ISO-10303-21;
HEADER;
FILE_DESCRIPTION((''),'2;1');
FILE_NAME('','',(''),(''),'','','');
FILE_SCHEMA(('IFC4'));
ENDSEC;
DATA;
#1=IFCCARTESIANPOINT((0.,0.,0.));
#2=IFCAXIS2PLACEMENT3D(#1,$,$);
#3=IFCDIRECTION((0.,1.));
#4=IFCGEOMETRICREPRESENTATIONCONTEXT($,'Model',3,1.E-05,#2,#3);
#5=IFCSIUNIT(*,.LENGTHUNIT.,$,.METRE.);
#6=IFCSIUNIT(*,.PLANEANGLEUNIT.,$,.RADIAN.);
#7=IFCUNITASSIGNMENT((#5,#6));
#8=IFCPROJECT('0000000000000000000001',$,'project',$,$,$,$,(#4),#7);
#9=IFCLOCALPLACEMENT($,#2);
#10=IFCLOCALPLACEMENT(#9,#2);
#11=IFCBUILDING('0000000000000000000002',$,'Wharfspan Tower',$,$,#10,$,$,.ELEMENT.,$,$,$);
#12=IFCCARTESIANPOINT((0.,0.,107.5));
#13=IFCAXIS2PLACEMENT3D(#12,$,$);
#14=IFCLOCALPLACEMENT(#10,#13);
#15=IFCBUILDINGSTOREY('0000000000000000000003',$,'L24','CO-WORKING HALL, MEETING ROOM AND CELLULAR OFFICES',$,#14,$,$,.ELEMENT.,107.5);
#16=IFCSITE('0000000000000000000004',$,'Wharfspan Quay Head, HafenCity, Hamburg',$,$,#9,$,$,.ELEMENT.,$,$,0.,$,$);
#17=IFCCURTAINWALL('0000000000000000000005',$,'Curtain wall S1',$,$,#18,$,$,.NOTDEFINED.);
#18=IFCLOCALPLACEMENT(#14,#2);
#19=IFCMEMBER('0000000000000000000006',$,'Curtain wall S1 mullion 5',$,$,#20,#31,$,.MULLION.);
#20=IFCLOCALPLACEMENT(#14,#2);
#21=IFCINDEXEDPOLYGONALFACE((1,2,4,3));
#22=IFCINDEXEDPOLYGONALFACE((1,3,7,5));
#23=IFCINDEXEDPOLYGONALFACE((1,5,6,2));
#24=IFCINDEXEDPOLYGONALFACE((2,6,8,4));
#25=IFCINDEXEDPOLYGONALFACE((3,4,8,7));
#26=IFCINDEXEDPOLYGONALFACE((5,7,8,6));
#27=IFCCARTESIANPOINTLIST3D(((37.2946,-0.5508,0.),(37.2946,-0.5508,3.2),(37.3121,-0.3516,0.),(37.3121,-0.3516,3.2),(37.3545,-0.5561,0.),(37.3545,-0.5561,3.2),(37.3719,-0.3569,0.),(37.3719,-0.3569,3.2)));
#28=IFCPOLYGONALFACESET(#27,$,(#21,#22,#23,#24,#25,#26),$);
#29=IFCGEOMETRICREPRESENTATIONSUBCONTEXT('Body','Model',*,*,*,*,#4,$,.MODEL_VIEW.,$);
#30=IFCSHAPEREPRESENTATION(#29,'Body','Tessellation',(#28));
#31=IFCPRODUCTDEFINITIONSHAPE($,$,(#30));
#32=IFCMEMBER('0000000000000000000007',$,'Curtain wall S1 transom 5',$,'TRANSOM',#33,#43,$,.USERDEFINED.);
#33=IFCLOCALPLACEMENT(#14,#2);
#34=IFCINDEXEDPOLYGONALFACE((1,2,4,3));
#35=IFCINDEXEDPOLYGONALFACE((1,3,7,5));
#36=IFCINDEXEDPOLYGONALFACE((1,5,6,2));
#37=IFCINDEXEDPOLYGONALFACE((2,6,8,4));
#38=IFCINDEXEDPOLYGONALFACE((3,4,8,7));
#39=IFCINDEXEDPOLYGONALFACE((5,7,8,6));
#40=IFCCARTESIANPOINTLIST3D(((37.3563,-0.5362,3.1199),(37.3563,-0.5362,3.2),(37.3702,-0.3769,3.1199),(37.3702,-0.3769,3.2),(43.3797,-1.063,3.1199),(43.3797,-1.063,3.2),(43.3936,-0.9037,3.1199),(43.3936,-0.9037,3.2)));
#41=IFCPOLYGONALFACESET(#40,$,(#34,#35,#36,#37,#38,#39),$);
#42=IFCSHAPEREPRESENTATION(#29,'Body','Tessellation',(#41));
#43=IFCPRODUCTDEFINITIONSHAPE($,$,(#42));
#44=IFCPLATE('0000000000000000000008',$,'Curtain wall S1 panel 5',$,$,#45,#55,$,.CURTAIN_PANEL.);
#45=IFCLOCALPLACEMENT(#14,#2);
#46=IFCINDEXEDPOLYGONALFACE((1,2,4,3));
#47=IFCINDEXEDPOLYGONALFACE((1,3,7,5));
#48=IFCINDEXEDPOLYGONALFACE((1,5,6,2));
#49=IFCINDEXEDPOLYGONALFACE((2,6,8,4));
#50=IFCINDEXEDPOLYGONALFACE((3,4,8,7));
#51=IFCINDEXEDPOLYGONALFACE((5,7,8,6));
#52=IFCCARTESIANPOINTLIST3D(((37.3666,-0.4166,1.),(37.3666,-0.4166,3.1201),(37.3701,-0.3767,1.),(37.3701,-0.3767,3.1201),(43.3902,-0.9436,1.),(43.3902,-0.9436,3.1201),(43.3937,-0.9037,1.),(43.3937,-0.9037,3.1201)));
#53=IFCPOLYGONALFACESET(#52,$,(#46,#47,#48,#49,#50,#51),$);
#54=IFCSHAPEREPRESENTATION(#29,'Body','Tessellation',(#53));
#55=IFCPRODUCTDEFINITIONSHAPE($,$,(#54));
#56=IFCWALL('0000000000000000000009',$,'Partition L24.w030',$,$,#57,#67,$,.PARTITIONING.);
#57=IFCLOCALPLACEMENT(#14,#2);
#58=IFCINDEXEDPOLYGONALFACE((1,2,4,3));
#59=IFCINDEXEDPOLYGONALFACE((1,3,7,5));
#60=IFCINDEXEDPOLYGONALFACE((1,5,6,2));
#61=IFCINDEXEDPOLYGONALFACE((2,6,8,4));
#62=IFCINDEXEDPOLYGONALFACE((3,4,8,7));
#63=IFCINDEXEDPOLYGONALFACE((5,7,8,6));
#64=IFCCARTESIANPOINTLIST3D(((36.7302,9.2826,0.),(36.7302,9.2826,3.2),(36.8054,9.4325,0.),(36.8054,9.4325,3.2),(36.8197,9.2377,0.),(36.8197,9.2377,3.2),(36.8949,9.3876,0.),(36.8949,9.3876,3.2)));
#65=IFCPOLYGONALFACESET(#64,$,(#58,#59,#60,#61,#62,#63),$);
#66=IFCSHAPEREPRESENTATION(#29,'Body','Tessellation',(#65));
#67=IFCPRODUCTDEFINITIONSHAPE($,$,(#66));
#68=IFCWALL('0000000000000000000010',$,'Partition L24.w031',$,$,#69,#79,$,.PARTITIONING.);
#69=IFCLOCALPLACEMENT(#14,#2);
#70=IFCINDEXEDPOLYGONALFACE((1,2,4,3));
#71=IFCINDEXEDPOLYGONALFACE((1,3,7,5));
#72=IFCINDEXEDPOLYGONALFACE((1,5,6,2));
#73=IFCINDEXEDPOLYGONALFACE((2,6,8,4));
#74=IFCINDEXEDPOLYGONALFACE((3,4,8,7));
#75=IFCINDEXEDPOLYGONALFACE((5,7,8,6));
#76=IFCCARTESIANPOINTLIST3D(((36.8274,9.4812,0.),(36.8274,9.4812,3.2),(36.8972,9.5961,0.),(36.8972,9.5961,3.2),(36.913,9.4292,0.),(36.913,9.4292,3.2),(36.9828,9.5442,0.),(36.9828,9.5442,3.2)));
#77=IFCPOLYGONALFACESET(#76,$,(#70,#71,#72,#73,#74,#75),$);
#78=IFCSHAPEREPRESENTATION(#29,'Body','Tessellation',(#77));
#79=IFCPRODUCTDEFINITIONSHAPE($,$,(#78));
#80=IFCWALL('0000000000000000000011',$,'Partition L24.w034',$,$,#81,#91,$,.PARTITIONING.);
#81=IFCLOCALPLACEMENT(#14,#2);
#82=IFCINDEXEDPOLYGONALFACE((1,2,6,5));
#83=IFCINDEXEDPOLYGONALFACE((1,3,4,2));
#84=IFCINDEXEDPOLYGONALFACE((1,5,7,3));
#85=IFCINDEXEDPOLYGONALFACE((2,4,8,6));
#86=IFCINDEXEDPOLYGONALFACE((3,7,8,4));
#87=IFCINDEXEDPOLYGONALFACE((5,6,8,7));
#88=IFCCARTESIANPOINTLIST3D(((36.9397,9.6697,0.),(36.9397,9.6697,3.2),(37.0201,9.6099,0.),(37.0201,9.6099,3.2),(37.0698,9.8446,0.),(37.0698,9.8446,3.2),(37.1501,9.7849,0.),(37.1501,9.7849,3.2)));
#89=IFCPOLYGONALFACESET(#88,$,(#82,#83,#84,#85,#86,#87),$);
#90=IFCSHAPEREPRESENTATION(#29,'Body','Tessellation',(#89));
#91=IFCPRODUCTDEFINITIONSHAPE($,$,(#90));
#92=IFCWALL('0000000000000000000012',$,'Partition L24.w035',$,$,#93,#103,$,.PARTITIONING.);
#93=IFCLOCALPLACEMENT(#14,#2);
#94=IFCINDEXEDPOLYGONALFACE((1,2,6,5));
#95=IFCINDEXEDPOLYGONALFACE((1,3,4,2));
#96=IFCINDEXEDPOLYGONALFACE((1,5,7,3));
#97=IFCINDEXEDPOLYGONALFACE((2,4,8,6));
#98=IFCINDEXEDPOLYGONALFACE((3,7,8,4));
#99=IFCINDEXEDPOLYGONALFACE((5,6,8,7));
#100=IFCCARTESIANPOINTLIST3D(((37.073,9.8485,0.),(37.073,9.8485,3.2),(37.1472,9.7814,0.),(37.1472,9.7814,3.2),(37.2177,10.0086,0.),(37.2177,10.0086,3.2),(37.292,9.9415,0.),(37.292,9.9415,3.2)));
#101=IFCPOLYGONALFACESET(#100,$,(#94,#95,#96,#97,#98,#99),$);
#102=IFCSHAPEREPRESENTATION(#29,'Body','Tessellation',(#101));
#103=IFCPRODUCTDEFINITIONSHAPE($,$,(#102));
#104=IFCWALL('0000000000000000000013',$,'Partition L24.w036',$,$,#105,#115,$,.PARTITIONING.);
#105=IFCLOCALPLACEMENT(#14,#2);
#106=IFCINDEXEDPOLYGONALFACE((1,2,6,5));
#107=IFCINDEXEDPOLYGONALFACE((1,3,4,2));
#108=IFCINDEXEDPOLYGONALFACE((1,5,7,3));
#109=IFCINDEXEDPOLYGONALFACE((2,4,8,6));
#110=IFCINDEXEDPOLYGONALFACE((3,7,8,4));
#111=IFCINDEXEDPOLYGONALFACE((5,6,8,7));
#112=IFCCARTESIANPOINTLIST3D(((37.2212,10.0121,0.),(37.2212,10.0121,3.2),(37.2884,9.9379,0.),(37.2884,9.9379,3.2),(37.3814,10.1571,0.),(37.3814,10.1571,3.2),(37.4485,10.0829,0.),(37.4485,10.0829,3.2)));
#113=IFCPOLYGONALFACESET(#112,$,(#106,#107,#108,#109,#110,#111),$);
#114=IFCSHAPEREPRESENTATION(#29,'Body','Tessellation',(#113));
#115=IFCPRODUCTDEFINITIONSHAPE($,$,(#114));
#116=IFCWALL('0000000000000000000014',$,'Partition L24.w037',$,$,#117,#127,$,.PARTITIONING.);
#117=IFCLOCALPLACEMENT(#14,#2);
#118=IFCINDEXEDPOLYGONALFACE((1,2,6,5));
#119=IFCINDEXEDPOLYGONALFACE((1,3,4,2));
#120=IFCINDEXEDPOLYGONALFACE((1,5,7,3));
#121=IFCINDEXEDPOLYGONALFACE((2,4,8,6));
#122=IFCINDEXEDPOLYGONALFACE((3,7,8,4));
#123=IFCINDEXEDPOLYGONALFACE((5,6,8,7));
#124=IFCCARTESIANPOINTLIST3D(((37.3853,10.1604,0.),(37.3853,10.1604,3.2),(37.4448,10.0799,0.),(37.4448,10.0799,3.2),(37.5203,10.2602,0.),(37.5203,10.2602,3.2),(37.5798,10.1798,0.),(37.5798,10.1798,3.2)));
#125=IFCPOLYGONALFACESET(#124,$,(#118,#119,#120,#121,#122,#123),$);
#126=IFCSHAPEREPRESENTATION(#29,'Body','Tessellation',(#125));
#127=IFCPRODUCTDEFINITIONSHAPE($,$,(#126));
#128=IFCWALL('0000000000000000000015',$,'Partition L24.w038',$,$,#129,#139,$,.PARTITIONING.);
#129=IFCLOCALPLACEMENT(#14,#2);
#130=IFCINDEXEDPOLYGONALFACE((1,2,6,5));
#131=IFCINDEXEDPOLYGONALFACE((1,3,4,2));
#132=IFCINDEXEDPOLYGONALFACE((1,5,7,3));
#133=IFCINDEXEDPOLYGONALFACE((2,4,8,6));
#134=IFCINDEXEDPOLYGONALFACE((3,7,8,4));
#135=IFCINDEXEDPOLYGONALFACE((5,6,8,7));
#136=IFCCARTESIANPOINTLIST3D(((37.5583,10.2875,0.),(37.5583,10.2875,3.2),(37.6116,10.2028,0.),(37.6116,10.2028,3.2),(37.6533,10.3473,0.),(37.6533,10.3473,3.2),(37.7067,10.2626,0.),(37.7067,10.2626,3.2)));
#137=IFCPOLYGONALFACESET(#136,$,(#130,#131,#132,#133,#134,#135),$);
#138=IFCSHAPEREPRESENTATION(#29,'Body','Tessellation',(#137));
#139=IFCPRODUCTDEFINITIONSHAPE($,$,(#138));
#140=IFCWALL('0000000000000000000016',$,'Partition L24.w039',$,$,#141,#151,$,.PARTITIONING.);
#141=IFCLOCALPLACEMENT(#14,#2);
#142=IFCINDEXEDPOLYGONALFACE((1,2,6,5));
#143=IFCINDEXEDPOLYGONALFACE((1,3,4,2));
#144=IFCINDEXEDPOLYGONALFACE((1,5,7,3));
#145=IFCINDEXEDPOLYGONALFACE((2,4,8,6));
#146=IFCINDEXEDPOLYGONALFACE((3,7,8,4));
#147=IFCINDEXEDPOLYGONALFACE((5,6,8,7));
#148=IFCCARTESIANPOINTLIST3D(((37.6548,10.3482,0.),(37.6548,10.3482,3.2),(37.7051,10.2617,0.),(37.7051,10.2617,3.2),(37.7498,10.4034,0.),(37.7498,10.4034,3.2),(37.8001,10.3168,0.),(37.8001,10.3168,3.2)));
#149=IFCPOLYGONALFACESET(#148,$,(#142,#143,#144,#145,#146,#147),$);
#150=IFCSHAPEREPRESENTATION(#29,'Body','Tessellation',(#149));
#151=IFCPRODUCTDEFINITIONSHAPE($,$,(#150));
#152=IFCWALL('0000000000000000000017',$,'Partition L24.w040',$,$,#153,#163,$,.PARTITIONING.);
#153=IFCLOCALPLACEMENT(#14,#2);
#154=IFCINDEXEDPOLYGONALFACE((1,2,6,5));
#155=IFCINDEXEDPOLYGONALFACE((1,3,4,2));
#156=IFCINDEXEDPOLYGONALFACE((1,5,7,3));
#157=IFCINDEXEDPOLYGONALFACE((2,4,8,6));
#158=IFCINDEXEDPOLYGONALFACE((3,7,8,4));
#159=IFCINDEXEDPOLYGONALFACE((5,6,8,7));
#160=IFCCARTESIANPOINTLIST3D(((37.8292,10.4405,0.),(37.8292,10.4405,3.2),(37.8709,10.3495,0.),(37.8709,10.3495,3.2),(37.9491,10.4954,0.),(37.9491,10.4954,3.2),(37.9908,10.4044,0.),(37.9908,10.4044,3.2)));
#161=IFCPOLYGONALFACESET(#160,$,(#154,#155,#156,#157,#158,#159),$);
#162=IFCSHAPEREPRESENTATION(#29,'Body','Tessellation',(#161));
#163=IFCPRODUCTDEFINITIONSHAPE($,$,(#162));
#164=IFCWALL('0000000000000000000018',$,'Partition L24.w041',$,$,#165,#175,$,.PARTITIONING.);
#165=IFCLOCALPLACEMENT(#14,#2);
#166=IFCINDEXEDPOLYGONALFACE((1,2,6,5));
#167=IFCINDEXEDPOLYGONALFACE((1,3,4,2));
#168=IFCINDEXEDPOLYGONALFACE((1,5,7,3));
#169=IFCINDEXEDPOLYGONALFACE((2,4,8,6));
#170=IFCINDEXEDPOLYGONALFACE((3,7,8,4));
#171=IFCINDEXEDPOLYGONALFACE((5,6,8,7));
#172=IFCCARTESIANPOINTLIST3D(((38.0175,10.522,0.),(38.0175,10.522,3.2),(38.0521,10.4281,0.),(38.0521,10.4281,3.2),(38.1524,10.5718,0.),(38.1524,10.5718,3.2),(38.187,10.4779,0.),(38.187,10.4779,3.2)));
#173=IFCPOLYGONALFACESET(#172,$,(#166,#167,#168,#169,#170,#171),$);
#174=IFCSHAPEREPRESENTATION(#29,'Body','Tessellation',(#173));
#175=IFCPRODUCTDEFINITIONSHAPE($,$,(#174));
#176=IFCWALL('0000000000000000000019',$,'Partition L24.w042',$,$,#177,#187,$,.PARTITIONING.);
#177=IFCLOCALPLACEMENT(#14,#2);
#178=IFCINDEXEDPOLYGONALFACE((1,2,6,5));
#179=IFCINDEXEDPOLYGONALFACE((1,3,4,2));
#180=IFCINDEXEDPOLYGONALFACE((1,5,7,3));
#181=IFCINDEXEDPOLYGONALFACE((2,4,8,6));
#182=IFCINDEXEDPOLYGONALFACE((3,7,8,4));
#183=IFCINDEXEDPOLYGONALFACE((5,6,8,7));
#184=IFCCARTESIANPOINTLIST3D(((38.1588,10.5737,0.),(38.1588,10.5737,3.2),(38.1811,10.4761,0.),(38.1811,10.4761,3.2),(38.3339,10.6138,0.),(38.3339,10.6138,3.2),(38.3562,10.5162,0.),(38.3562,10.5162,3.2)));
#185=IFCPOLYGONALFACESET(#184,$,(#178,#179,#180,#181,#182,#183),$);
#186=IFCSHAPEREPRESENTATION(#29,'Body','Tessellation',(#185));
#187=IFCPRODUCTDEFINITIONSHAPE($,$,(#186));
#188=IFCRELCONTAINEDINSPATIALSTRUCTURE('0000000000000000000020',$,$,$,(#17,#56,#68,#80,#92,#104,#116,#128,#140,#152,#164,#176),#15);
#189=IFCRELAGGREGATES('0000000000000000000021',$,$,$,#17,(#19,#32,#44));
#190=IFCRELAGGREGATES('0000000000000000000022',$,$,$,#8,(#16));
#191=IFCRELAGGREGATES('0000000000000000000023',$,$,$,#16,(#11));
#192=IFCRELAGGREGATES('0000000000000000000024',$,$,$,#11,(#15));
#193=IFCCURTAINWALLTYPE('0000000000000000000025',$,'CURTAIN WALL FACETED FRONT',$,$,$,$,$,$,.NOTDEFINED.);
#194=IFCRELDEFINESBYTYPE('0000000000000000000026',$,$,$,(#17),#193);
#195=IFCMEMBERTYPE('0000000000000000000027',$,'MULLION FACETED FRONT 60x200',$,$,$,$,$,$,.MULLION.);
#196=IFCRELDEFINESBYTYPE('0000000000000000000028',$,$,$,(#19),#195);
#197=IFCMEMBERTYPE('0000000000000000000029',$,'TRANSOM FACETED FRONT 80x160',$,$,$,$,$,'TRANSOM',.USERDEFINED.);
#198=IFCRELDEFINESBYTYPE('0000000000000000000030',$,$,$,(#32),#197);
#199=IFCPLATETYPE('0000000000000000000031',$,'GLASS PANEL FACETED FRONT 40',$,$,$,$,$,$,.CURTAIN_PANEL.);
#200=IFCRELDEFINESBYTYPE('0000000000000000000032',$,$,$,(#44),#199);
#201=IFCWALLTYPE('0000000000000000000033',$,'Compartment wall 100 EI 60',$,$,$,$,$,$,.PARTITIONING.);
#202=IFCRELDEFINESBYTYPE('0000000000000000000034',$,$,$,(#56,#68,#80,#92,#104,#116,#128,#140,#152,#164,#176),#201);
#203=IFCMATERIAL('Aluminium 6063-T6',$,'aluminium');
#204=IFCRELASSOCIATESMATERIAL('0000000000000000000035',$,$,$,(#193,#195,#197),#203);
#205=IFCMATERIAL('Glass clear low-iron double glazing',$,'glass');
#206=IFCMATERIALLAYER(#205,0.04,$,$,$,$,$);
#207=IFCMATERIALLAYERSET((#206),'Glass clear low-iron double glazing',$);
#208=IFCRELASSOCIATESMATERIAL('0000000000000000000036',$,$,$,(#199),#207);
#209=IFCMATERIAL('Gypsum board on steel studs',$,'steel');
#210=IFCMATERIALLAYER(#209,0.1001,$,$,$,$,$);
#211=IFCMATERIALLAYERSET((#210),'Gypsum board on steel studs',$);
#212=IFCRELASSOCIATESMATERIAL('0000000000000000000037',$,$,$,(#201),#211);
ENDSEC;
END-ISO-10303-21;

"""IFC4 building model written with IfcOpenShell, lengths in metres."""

from ifc_helpers import new_model, si_unit, direction, frame, frame_2d, origin, origin_2d, place, context, subcontext, project, spatial, rectangle, extrude, material, layer, layer_set, material_profile, profile_set, type_object, element, aggregate, save


model = new_model("IFC4")

# Units and contexts
model_context = context("Model", 3, precision=1e-05, world=origin(), true_north=direction((0.0, 1.0)))
body_context = subcontext(model_context, "Body", "Model", "MODEL_VIEW")
ifc_project = project(units=[si_unit("LENGTHUNIT", "METRE"), si_unit("PLANEANGLEUNIT", "RADIAN")], contexts=[model_context])

# Site, building, storey
site_placement = place(None, origin())
site = spatial("IfcSite", under=ifc_project, at=site_placement, Name="Wharfspan Quay Head, HafenCity, Hamburg", CompositionType="ELEMENT", RefElevation=0.0)
building_placement = place(site_placement, origin())
building = spatial("IfcBuilding", under=site, at=building_placement, Name="Wharfspan Tower", CompositionType="ELEMENT")
storey_placement = place(building_placement, frame((0.0, 0.0, 107.5)))
storey = spatial("IfcBuildingStorey", under=building, at=storey_placement, Name="L24", Description="CO-WORKING HALL, MEETING ROOM AND CELLULAR OFFICES", CompositionType="ELEMENT", Elevation=107.5)

# Curtain wall, members, plate
ifc_material_1 = material(Name="Aluminium 6063-T6", Category="aluminium")
curtain_wall_type = type_object("IfcCurtainWallType", Name="CURTAIN WALL FACETED FRONT", PredefinedType="NOTDEFINED", material=ifc_material_1)
curtain_wall_placement = place(storey_placement, origin())
curtain_wall = element("IfcCurtainWall", 1, at=curtain_wall_placement, inside=storey, type_object=curtain_wall_type, Name="Curtain wall S1", PredefinedType="NOTDEFINED")
ifc_material_profile_1 = material_profile(ifc_material_1, rectangle(XDim=0.2, YDim=0.0601, at=origin_2d()))
ifc_profile_set_1 = profile_set([ifc_material_profile_1], Name="Aluminium 6063-T6")
member_type_1 = type_object("IfcMemberType", Name="MULLION FACETED FRONT 60x200", PredefinedType="MULLION", material=ifc_profile_set_1)
member_1_placement = place(storey_placement, frame((37.3333, -0.4539, 0.0), z_axis=(0.0, 0.0, 1.0), x_axis=(0.087156, 0.996198, 0.0)))
member_1 = element("IfcMember", 2, at=member_1_placement, type_object=member_type_1, Name="Curtain wall S1 mullion 5", PredefinedType="MULLION", context=body_context, shape_type="SweptSolid", body=[
    extrude(rectangle(XDim=0.2, YDim=0.0601, at=origin_2d()), origin(), (0.0, 0.0, 1.0), 3.2),
])
ifc_material_profile_2 = material_profile(ifc_material_1, rectangle(XDim=0.1599, YDim=0.0801, at=origin_2d()))
ifc_profile_set_2 = profile_set([ifc_material_profile_2], Name="Aluminium 6063-T6")
member_type_2 = type_object("IfcMemberType", Name="TRANSOM FACETED FRONT 80x160", ElementType="TRANSOM", PredefinedType="USERDEFINED", material=ifc_profile_set_2)
member_2_placement = place(storey_placement, frame((37.3633, -0.4565, 3.1599), z_axis=(0.996197, -0.087135, 0.0), x_axis=(0.087135, 0.996197, 0.0)))
member_2 = element("IfcMember", 3, at=member_2_placement, type_object=member_type_2, Name="Curtain wall S1 transom 5", ObjectType="TRANSOM", PredefinedType="USERDEFINED", context=body_context, shape_type="SweptSolid", body=[
    extrude(rectangle(XDim=0.1599, YDim=0.0801, at=origin_2d()), origin(), (0.0, 0.0, 1.0), 6.0464),
])
ifc_material_2 = material(Name="Glass clear low-iron double glazing", Category="glass")
ifc_layer_1 = layer(ifc_material_2, 0.04)
ifc_layer_set_1 = layer_set([ifc_layer_1], Name="Glass clear low-iron double glazing")
plate_type = type_object("IfcPlateType", Name="GLASS PANEL FACETED FRONT 40", PredefinedType="CURTAIN_PANEL", material=ifc_layer_set_1)
plate_placement = place(storey_placement, frame((40.3801, -0.6602, 1.0), z_axis=(0.0, 0.0, 1.0), x_axis=(0.996198, -0.087156, 0.0)))
plate = element("IfcPlate", 4, at=plate_placement, type_object=plate_type, Name="Curtain wall S1 panel 5", PredefinedType="CURTAIN_PANEL", context=body_context, shape_type="SweptSolid", body=[
    extrude(rectangle(XDim=6.0466, YDim=0.04, at=origin_2d()), origin(), (0.0, 0.0, 1.0), 2.1201),
])
aggregate(curtain_wall, [member_1, member_2, plate])

# Walls
ifc_material_3 = material(Name="Gypsum board on steel studs", Category="steel")
ifc_layer_2 = layer(ifc_material_3, 0.1001)
ifc_layer_set_2 = layer_set([ifc_layer_2], Name="Gypsum board on steel studs")
wall_type_1 = type_object("IfcWallType", Name="Compartment wall 100 EI 60", PredefinedType="PARTITIONING", material=ifc_layer_set_2)
wall_1_placement = place(storey_placement, frame((36.7749, 9.26, 0.0), z_axis=(0.0, 0.0, 1.0), x_axis=(0.44838, 0.893848, 0.0)))
element("IfcWall", 5, at=wall_1_placement, inside=storey, type_object=wall_type_1, Name="Partition L24.w030", PredefinedType="PARTITIONING", context=body_context, shape_type="SweptSolid", body=[
    extrude(rectangle(XDim=0.1677, YDim=0.1001, at=frame_2d((0.084, 0.0))), origin(), (0.0, 0.0, 1.0), 3.2),
])
wall_2_placement = place(storey_placement, frame((36.8701, 9.4551, 0.0), z_axis=(0.0, 0.0, 1.0), x_axis=(0.519025, 0.854758, 0.0)))
element("IfcWall", 6, at=wall_2_placement, inside=storey, type_object=wall_type_1, Name="Partition L24.w031", PredefinedType="PARTITIONING", context=body_context, shape_type="SweptSolid", body=[
    extrude(rectangle(XDim=0.1345, YDim=0.1001, at=frame_2d((0.0674, 0.0))), origin(), (0.0, 0.0, 1.0), 3.2),
])
wall_3_placement = place(storey_placement, frame((36.98, 9.6399, 0.0), z_axis=(0.0, 0.0, 1.0), x_axis=(0.596595, 0.802549, 0.0)))
element("IfcWall", 7, at=wall_3_placement, inside=storey, type_object=wall_type_1, Name="Partition L24.w034", PredefinedType="PARTITIONING", context=body_context, shape_type="SweptSolid", body=[
    extrude(rectangle(XDim=0.218, YDim=0.1001, at=frame_2d((0.1089, 0.0))), origin(), (0.0, 0.0, 1.0), 3.2),
])
wall_4_placement = place(storey_placement, frame((37.1101, 9.8149, 0.0), z_axis=(0.0, 0.0, 1.0), x_axis=(0.670589, 0.741832, 0.0)))
element("IfcWall", 8, at=wall_4_placement, inside=storey, type_object=wall_type_1, Name="Partition L24.w035", PredefinedType="PARTITIONING", context=body_context, shape_type="SweptSolid", body=[
    extrude(rectangle(XDim=0.2158, YDim=0.1001, at=frame_2d((0.1079, 0.0))), origin(), (0.0, 0.0, 1.0), 3.2),
])
wall_5_placement = place(storey_placement, frame((37.2549, 9.9751, 0.0), z_axis=(0.0, 0.0, 1.0), x_axis=(0.741269, 0.67121, 0.0)))
element("IfcWall", 9, at=wall_5_placement, inside=storey, type_object=wall_type_1, Name="Partition L24.w036", PredefinedType="PARTITIONING", context=body_context, shape_type="SweptSolid", body=[
    extrude(rectangle(XDim=0.2161, YDim=0.1001, at=frame_2d((0.1079, 0.0))), origin(), (0.0, 0.0, 1.0), 3.2),
])
wall_6_placement = place(storey_placement, frame((37.415, 10.1201, 0.0), z_axis=(0.0, 0.0, 1.0), x_axis=(0.803993, 0.594635, 0.0)))
element("IfcWall", 10, at=wall_6_placement, inside=storey, type_object=wall_type_1, Name="Partition L24.w037", PredefinedType="PARTITIONING", context=body_context, shape_type="SweptSolid", body=[
    extrude(rectangle(XDim=0.168, YDim=0.1001, at=frame_2d((0.084, 0.0))), origin(), (0.0, 0.0, 1.0), 3.2),
])
wall_7_placement = place(storey_placement, frame((37.585, 10.2451, 0.0), z_axis=(0.0, 0.0, 1.0), x_axis=(0.846156, 0.532926, 0.0)))
element("IfcWall", 11, at=wall_7_placement, inside=storey, type_object=wall_type_1, Name="Partition L24.w038", PredefinedType="PARTITIONING", context=body_context, shape_type="SweptSolid", body=[
    extrude(rectangle(XDim=0.1123, YDim=0.1001, at=frame_2d((0.0562, 0.0))), origin(), (0.0, 0.0, 1.0), 3.2),
])
wall_8_placement = place(storey_placement, frame((37.6799, 10.3049, 0.0), z_axis=(0.0, 0.0, 1.0), x_axis=(0.864661, 0.502348, 0.0)))
element("IfcWall", 12, at=wall_8_placement, inside=storey, type_object=wall_type_1, Name="Partition L24.w039", PredefinedType="PARTITIONING", context=body_context, shape_type="SweptSolid", body=[
    extrude(rectangle(XDim=0.1099, YDim=0.1001, at=frame_2d((0.0549, 0.0))), origin(), (0.0, 0.0, 1.0), 3.2),
])
wall_9_placement = place(storey_placement, frame((37.8501, 10.395, 0.0), z_axis=(0.0, 0.0, 1.0), x_axis=(0.909092, 0.41659, 0.0)))
element("IfcWall", 13, at=wall_9_placement, inside=storey, type_object=wall_type_1, Name="Partition L24.w040", PredefinedType="PARTITIONING", context=body_context, shape_type="SweptSolid", body=[
    extrude(rectangle(XDim=0.1318, YDim=0.1001, at=frame_2d((0.0659, 0.0))), origin(), (0.0, 0.0, 1.0), 3.2),
])
wall_10_placement = place(storey_placement, frame((38.0349, 10.4751, 0.0), z_axis=(0.0, 0.0, 1.0), x_axis=(0.938197, 0.346098, 0.0)))
element("IfcWall", 14, at=wall_10_placement, inside=storey, type_object=wall_type_1, Name="Partition L24.w041", PredefinedType="PARTITIONING", context=body_context, shape_type="SweptSolid", body=[
    extrude(rectangle(XDim=0.1438, YDim=0.1001, at=frame_2d((0.0718, 0.0))), origin(), (0.0, 0.0, 1.0), 3.2),
])
wall_11_placement = place(storey_placement, frame((38.1699, 10.5249, 0.0), z_axis=(0.0, 0.0, 1.0), x_axis=(0.974827, 0.222973, 0.0)))
element("IfcWall", 15, at=wall_11_placement, inside=storey, type_object=wall_type_1, Name="Partition L24.w042", PredefinedType="PARTITIONING", context=body_context, shape_type="SweptSolid", body=[
    extrude(rectangle(XDim=0.1797, YDim=0.1001, at=frame_2d((0.0898, 0.0))), origin(), (0.0, 0.0, 1.0), 3.2),
])

save(model, "model.ifc")
